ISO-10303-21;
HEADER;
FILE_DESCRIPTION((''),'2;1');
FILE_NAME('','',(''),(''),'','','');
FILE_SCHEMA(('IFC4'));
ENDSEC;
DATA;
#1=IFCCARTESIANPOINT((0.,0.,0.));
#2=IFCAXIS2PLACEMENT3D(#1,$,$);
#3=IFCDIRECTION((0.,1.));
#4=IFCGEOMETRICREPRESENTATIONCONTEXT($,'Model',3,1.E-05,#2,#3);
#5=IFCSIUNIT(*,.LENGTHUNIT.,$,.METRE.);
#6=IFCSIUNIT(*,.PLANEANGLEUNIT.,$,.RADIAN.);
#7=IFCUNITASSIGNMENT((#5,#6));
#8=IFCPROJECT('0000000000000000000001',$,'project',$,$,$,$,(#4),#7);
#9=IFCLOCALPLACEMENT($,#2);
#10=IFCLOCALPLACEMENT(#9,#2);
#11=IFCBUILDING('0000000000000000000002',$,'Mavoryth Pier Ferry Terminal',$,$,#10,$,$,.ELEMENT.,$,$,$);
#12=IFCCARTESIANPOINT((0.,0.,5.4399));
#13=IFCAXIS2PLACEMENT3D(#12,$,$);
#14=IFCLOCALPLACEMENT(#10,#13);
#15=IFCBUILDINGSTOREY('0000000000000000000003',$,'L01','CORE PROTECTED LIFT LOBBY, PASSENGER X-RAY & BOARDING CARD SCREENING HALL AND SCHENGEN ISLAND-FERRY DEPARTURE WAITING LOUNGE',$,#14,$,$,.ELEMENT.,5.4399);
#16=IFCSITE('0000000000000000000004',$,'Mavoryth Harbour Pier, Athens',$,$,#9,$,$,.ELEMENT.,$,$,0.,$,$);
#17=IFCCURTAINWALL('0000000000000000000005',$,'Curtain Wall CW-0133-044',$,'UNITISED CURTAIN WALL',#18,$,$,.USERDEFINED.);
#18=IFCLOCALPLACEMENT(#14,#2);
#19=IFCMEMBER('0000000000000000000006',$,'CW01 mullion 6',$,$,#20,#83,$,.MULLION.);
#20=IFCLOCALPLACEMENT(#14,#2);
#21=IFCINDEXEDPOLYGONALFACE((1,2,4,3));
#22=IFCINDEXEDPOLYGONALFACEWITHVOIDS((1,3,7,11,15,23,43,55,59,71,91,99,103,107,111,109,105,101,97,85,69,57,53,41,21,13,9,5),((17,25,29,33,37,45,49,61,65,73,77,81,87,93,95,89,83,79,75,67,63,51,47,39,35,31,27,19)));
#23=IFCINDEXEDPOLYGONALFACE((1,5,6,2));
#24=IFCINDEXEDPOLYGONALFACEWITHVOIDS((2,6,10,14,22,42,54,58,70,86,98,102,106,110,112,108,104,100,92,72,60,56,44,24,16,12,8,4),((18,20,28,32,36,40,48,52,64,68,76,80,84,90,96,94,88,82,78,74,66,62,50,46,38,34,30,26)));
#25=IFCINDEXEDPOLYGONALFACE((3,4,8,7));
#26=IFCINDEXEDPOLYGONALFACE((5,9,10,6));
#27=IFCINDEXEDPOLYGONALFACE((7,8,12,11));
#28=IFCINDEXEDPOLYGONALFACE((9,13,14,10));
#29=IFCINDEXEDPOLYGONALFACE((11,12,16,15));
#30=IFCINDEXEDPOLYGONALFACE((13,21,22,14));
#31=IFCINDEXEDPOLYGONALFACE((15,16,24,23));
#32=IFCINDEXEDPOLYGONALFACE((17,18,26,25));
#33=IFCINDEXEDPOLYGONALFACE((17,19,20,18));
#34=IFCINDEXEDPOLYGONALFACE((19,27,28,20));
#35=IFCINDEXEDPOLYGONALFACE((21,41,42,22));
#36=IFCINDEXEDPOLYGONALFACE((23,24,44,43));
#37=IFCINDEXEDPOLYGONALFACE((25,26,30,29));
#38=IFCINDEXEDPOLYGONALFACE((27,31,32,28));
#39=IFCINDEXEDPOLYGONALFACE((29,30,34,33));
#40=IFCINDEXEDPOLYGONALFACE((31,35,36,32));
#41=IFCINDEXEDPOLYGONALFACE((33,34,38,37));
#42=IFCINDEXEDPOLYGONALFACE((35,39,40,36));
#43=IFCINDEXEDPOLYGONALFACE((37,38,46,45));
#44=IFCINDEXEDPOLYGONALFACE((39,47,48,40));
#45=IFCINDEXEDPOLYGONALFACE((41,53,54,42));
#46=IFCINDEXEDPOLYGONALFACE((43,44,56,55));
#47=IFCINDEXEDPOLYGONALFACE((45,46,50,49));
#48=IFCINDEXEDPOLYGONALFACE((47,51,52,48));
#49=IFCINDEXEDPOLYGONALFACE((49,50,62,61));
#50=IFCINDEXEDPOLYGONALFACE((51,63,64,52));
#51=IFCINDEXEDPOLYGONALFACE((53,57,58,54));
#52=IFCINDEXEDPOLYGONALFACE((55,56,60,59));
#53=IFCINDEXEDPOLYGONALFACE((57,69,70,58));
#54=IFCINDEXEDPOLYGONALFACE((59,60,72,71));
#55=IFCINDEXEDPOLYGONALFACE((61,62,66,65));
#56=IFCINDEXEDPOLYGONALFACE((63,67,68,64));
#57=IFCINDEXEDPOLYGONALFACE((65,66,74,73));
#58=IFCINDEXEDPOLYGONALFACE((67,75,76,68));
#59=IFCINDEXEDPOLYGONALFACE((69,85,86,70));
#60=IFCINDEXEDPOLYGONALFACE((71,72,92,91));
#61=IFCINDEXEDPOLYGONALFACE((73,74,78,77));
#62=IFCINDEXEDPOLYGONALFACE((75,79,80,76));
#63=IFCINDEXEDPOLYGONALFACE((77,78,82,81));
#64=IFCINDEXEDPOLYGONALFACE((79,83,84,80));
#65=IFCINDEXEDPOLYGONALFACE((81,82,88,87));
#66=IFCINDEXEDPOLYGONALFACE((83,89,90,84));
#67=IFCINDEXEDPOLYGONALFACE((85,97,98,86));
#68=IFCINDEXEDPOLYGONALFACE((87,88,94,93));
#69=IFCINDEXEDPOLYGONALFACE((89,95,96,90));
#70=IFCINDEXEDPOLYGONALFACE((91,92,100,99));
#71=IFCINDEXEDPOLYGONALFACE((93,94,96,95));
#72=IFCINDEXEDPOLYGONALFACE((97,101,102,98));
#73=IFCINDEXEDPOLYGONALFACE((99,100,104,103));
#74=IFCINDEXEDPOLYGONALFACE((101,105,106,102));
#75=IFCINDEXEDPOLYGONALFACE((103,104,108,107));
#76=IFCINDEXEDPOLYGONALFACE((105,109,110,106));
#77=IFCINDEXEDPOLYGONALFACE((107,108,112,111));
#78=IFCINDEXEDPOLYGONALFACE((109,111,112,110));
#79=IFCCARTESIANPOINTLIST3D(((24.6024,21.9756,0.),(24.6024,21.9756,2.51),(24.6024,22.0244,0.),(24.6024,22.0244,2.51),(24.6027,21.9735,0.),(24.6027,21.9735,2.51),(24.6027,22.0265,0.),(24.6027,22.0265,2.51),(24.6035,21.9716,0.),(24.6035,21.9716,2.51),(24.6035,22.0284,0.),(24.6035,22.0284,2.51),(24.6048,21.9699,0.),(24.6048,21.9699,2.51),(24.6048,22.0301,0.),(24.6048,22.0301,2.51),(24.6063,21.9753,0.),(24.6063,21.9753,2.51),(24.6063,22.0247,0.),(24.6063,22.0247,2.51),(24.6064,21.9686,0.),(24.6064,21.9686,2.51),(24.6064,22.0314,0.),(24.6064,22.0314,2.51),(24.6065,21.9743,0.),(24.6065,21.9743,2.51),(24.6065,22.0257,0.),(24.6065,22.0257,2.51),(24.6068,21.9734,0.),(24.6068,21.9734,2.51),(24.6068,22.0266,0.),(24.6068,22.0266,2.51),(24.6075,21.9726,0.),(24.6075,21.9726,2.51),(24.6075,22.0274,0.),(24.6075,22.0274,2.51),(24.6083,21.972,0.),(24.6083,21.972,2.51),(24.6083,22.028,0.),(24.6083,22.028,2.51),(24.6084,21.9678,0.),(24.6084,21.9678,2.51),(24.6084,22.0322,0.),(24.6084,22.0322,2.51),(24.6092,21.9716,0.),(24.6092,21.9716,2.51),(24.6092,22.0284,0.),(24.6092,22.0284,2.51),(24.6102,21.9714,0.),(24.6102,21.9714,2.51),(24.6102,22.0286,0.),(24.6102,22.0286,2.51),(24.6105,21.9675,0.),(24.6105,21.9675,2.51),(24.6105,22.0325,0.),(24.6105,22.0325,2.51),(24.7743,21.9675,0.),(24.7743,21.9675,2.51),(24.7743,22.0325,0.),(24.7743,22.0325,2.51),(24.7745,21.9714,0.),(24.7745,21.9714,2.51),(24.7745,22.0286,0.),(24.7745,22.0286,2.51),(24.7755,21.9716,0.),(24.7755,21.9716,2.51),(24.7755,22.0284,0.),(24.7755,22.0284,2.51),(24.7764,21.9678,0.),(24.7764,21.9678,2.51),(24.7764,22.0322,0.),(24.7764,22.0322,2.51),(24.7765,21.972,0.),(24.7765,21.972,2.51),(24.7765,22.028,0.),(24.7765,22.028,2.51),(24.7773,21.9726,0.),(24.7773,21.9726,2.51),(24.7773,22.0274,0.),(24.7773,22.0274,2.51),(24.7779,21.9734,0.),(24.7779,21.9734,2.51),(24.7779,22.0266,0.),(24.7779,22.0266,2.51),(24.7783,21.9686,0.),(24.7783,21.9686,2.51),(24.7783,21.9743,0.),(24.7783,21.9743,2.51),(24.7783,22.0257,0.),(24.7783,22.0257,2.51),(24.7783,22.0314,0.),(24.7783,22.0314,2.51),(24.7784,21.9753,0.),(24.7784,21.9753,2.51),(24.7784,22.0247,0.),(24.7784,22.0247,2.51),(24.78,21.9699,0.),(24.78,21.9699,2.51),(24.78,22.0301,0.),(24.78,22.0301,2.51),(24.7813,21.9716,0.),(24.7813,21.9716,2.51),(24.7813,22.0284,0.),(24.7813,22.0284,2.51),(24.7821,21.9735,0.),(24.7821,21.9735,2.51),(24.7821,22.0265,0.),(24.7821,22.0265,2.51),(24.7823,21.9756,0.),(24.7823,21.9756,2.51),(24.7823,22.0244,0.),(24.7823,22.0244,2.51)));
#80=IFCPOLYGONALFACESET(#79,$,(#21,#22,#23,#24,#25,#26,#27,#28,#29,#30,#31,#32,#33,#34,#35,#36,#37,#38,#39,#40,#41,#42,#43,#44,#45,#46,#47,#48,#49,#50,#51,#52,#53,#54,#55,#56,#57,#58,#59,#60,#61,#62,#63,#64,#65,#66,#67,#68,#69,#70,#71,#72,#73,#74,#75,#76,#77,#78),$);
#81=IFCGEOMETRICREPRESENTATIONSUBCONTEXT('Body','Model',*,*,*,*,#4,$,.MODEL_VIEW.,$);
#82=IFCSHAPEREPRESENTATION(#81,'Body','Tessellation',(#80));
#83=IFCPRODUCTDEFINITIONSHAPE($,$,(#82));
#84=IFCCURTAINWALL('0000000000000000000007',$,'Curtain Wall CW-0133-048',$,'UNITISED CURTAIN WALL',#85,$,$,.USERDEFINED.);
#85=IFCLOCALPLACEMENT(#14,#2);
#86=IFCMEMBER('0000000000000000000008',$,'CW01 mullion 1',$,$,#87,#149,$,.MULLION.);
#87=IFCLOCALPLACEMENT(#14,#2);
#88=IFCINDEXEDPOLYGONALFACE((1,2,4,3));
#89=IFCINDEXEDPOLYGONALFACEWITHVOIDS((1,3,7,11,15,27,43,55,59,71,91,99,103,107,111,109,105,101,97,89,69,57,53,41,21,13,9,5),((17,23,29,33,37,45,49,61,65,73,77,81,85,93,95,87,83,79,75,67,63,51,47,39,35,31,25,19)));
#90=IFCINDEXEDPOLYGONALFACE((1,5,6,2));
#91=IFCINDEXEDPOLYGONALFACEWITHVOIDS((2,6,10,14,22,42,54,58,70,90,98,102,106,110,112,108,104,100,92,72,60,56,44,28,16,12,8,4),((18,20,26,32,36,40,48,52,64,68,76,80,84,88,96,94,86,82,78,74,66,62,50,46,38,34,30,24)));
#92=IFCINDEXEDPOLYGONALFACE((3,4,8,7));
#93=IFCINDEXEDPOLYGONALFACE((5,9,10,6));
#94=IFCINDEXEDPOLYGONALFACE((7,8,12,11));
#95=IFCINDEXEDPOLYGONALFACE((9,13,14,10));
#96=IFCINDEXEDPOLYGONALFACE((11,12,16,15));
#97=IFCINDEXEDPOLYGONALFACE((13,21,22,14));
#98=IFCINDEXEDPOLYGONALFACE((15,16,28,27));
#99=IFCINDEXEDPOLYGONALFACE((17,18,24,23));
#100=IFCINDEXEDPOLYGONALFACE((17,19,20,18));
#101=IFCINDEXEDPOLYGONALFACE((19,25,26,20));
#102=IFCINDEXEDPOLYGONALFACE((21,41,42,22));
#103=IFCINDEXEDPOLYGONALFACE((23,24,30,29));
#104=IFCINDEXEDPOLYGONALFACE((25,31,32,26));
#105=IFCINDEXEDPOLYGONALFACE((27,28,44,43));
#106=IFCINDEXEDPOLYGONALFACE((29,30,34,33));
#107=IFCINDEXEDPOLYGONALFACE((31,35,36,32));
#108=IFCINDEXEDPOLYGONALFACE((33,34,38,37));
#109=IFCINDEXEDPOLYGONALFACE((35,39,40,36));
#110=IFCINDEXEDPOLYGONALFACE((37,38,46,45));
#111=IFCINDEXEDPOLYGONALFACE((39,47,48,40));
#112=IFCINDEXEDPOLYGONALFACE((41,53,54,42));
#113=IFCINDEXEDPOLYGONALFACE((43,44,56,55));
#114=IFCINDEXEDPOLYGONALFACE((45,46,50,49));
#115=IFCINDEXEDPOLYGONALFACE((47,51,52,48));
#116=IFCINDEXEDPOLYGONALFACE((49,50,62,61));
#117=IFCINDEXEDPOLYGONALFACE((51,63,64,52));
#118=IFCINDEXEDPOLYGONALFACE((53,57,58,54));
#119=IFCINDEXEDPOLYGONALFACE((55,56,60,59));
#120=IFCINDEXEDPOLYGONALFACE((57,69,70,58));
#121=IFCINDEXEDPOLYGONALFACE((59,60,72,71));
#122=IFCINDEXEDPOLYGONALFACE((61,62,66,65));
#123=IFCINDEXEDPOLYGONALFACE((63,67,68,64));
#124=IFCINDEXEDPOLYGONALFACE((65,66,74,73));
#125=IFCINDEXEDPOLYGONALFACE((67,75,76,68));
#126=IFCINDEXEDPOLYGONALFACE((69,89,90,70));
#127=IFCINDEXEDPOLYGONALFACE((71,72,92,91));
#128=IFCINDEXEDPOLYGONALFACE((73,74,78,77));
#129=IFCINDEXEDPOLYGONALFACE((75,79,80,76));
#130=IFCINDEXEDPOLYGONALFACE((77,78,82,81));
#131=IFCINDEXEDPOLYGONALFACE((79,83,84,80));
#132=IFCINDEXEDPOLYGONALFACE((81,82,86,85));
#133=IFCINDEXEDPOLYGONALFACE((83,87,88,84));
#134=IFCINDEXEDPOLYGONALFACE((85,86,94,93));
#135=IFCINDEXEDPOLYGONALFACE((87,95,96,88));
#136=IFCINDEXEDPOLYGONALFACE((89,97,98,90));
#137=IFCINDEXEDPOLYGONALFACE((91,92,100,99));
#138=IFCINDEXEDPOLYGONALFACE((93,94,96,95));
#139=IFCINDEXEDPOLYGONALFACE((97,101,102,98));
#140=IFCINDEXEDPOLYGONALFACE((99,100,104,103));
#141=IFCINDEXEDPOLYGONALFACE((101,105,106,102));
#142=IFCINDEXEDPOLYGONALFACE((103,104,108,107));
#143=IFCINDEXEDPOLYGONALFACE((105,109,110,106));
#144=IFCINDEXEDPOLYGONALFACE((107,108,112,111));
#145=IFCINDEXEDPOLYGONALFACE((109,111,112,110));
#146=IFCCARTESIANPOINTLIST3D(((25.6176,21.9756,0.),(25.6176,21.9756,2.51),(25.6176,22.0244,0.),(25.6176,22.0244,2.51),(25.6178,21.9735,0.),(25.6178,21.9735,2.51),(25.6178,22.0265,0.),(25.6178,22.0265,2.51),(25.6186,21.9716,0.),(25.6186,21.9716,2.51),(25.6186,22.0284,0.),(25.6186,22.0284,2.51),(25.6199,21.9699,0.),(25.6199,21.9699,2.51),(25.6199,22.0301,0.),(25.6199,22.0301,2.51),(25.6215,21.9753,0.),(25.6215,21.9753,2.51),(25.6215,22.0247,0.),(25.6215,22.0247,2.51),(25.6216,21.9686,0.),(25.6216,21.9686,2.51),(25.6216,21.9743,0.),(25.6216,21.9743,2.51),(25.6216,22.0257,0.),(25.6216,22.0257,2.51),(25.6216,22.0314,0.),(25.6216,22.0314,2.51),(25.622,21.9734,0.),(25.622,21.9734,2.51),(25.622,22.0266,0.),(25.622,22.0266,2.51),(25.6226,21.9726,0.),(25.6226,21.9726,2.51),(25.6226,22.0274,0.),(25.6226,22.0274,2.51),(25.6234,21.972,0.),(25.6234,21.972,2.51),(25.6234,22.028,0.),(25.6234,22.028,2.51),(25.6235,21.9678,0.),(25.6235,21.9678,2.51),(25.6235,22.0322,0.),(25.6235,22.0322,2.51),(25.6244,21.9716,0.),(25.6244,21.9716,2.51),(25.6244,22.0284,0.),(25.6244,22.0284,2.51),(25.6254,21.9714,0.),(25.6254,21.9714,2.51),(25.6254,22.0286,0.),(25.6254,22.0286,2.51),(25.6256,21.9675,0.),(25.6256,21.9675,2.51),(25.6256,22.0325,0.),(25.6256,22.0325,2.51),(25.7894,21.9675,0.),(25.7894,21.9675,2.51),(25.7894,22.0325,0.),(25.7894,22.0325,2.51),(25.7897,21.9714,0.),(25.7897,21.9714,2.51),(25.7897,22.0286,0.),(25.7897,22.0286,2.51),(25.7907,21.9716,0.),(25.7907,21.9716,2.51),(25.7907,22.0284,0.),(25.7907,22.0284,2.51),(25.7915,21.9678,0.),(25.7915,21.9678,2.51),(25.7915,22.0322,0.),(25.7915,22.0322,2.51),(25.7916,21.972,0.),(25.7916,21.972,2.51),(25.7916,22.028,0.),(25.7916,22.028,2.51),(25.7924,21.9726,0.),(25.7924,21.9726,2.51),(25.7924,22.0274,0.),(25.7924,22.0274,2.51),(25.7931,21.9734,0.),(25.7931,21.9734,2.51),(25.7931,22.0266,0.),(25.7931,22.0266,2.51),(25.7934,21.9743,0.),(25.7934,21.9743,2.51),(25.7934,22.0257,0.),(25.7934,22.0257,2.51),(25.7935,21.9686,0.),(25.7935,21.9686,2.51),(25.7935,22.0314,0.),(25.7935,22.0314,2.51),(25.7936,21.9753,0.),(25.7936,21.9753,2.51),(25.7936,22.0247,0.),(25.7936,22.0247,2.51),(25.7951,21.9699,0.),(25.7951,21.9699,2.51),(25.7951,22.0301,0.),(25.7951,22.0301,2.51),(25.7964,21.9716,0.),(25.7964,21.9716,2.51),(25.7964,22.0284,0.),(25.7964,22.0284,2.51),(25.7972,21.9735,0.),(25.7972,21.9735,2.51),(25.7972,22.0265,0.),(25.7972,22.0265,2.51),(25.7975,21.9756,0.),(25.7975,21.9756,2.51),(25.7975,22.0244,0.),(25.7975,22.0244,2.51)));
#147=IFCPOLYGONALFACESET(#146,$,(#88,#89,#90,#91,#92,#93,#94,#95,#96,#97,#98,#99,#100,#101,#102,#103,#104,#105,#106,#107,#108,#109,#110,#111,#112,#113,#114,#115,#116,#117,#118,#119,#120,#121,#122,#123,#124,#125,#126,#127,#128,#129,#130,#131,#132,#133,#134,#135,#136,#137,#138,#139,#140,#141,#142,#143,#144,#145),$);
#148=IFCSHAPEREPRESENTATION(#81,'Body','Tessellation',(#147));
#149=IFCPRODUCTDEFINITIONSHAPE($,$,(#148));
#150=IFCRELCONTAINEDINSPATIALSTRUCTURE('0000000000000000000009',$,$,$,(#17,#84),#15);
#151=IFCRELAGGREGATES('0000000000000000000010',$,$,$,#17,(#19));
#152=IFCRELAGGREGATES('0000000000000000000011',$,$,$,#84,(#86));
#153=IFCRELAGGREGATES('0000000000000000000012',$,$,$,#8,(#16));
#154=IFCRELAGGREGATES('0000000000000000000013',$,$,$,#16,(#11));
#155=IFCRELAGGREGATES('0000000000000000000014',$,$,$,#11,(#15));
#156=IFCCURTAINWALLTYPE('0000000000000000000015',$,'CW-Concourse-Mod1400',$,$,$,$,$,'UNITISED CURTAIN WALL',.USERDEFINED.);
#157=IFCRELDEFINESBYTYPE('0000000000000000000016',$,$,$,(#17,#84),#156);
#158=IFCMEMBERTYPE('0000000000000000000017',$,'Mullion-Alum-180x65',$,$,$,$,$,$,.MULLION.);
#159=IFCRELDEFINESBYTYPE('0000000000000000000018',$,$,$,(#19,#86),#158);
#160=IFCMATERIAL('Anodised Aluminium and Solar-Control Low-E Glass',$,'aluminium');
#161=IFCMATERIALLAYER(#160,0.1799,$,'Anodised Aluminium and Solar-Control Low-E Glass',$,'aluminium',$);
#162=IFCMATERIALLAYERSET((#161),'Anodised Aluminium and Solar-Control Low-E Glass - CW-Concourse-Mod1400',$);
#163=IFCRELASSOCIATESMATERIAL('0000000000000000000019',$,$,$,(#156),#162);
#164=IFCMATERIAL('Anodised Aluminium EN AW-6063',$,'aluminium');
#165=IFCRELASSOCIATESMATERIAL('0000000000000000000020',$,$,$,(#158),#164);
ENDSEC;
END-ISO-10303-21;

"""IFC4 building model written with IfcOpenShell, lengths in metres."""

from ifc_helpers import new_model, si_unit, direction, frame, origin, origin_2d, place, context, subcontext, project, spatial, hollow_rectangle, extrude, material, layer, layer_set, material_profile, profile_set, type_object, element, aggregate, save


model = new_model("IFC4")

# Units and contexts
model_context = context("Model", 3, precision=1e-05, world=origin(), true_north=direction((0.0, 1.0)))
body_context = subcontext(model_context, "Body", "Model", "MODEL_VIEW")
ifc_project = project(units=[si_unit("LENGTHUNIT", "METRE"), si_unit("PLANEANGLEUNIT", "RADIAN")], contexts=[model_context])

# Site, building, storey
site_placement = place(None, origin())
site = spatial("IfcSite", under=ifc_project, at=site_placement, Name="Mavoryth Harbour Pier, Athens", CompositionType="ELEMENT", RefElevation=0.0)
building_placement = place(site_placement, origin())
building = spatial("IfcBuilding", under=site, at=building_placement, Name="Mavoryth Pier Ferry Terminal", CompositionType="ELEMENT")
storey_placement = place(building_placement, frame((0.0, 0.0, 5.4399)))
storey = spatial("IfcBuildingStorey", under=building, at=storey_placement, Name="L01", Description="CORE PROTECTED LIFT LOBBY, PASSENGER X-RAY & BOARDING CARD SCREENING HALL AND SCHENGEN ISLAND-FERRY DEPARTURE WAITING LOUNGE", CompositionType="ELEMENT", Elevation=5.4399)

# Curtain wall, member
ifc_material_1 = material(Name="Anodised Aluminium and Solar-Control Low-E Glass", Category="aluminium")
ifc_layer_1 = layer(ifc_material_1, 0.1799, Name="Anodised Aluminium and Solar-Control Low-E Glass", Category="aluminium")
ifc_layer_set_1 = layer_set([ifc_layer_1], Name="Anodised Aluminium and Solar-Control Low-E Glass - CW-Concourse-Mod1400")
curtain_wall_type = type_object("IfcCurtainWallType", Name="CW-Concourse-Mod1400", ElementType="UNITISED CURTAIN WALL", PredefinedType="USERDEFINED", material=ifc_layer_set_1)
curtain_wall_1_placement = place(storey_placement, origin())
curtain_wall_1 = element("IfcCurtainWall", 1, at=curtain_wall_1_placement, inside=storey, type_object=curtain_wall_type, Name="Curtain Wall CW-0133-044", ObjectType="UNITISED CURTAIN WALL", PredefinedType="USERDEFINED")
ifc_material_2 = material(Name="Anodised Aluminium EN AW-6063", Category="aluminium")
ifc_material_profile_1 = material_profile(ifc_material_2, hollow_rectangle(XDim=0.0649, YDim=0.1799, WallThickness=0.0039, InnerFilletRadius=0.0039, OuterFilletRadius=0.0081, at=origin_2d()), Name="AL-MULL 180x65x4", Category="aluminium")
ifc_profile_set_1 = profile_set([ifc_material_profile_1], Name="Anodised Aluminium EN AW-6063 - AL-MULL 180x65x4")
member_type_1 = type_object("IfcMemberType", Name="Mullion-Alum-180x65", PredefinedType="MULLION", material=ifc_profile_set_1)
member_1_placement = place(storey_placement, frame((24.6924, 22.0, 0.0), z_axis=(0.0, 0.0, 1.0), x_axis=(0.0, 1.0, 0.0)))
member_1 = element("IfcMember", 2, at=member_1_placement, type_object=member_type_1, Name="CW01 mullion 6", PredefinedType="MULLION", context=body_context, shape_type="SweptSolid", body=[
    extrude(hollow_rectangle(XDim=0.0649, YDim=0.1799, WallThickness=0.0039, InnerFilletRadius=0.0039, OuterFilletRadius=0.0081, at=origin_2d()), origin(), (0.0, 0.0, 1.0), 2.51),
])

# Curtain wall, member
curtain_wall_2_placement = place(storey_placement, origin())
curtain_wall_2 = element("IfcCurtainWall", 3, at=curtain_wall_2_placement, inside=storey, type_object=curtain_wall_type, Name="Curtain Wall CW-0133-048", ObjectType="UNITISED CURTAIN WALL", PredefinedType="USERDEFINED")
member_2_placement = place(storey_placement, frame((25.7075, 22.0, 0.0), z_axis=(0.0, 0.0, 1.0), x_axis=(0.0, 1.0, 0.0)))
member_2 = element("IfcMember", 4, at=member_2_placement, type_object=member_type_1, Name="CW01 mullion 1", PredefinedType="MULLION", context=body_context, shape_type="SweptSolid", body=[
    extrude(hollow_rectangle(XDim=0.0649, YDim=0.1799, WallThickness=0.0039, InnerFilletRadius=0.0039, OuterFilletRadius=0.0081, at=origin_2d()), origin(), (0.0, 0.0, 1.0), 2.51),
])

aggregate(curtain_wall_1, [member_1])
aggregate(curtain_wall_2, [member_2])

save(model, "model.ifc")
